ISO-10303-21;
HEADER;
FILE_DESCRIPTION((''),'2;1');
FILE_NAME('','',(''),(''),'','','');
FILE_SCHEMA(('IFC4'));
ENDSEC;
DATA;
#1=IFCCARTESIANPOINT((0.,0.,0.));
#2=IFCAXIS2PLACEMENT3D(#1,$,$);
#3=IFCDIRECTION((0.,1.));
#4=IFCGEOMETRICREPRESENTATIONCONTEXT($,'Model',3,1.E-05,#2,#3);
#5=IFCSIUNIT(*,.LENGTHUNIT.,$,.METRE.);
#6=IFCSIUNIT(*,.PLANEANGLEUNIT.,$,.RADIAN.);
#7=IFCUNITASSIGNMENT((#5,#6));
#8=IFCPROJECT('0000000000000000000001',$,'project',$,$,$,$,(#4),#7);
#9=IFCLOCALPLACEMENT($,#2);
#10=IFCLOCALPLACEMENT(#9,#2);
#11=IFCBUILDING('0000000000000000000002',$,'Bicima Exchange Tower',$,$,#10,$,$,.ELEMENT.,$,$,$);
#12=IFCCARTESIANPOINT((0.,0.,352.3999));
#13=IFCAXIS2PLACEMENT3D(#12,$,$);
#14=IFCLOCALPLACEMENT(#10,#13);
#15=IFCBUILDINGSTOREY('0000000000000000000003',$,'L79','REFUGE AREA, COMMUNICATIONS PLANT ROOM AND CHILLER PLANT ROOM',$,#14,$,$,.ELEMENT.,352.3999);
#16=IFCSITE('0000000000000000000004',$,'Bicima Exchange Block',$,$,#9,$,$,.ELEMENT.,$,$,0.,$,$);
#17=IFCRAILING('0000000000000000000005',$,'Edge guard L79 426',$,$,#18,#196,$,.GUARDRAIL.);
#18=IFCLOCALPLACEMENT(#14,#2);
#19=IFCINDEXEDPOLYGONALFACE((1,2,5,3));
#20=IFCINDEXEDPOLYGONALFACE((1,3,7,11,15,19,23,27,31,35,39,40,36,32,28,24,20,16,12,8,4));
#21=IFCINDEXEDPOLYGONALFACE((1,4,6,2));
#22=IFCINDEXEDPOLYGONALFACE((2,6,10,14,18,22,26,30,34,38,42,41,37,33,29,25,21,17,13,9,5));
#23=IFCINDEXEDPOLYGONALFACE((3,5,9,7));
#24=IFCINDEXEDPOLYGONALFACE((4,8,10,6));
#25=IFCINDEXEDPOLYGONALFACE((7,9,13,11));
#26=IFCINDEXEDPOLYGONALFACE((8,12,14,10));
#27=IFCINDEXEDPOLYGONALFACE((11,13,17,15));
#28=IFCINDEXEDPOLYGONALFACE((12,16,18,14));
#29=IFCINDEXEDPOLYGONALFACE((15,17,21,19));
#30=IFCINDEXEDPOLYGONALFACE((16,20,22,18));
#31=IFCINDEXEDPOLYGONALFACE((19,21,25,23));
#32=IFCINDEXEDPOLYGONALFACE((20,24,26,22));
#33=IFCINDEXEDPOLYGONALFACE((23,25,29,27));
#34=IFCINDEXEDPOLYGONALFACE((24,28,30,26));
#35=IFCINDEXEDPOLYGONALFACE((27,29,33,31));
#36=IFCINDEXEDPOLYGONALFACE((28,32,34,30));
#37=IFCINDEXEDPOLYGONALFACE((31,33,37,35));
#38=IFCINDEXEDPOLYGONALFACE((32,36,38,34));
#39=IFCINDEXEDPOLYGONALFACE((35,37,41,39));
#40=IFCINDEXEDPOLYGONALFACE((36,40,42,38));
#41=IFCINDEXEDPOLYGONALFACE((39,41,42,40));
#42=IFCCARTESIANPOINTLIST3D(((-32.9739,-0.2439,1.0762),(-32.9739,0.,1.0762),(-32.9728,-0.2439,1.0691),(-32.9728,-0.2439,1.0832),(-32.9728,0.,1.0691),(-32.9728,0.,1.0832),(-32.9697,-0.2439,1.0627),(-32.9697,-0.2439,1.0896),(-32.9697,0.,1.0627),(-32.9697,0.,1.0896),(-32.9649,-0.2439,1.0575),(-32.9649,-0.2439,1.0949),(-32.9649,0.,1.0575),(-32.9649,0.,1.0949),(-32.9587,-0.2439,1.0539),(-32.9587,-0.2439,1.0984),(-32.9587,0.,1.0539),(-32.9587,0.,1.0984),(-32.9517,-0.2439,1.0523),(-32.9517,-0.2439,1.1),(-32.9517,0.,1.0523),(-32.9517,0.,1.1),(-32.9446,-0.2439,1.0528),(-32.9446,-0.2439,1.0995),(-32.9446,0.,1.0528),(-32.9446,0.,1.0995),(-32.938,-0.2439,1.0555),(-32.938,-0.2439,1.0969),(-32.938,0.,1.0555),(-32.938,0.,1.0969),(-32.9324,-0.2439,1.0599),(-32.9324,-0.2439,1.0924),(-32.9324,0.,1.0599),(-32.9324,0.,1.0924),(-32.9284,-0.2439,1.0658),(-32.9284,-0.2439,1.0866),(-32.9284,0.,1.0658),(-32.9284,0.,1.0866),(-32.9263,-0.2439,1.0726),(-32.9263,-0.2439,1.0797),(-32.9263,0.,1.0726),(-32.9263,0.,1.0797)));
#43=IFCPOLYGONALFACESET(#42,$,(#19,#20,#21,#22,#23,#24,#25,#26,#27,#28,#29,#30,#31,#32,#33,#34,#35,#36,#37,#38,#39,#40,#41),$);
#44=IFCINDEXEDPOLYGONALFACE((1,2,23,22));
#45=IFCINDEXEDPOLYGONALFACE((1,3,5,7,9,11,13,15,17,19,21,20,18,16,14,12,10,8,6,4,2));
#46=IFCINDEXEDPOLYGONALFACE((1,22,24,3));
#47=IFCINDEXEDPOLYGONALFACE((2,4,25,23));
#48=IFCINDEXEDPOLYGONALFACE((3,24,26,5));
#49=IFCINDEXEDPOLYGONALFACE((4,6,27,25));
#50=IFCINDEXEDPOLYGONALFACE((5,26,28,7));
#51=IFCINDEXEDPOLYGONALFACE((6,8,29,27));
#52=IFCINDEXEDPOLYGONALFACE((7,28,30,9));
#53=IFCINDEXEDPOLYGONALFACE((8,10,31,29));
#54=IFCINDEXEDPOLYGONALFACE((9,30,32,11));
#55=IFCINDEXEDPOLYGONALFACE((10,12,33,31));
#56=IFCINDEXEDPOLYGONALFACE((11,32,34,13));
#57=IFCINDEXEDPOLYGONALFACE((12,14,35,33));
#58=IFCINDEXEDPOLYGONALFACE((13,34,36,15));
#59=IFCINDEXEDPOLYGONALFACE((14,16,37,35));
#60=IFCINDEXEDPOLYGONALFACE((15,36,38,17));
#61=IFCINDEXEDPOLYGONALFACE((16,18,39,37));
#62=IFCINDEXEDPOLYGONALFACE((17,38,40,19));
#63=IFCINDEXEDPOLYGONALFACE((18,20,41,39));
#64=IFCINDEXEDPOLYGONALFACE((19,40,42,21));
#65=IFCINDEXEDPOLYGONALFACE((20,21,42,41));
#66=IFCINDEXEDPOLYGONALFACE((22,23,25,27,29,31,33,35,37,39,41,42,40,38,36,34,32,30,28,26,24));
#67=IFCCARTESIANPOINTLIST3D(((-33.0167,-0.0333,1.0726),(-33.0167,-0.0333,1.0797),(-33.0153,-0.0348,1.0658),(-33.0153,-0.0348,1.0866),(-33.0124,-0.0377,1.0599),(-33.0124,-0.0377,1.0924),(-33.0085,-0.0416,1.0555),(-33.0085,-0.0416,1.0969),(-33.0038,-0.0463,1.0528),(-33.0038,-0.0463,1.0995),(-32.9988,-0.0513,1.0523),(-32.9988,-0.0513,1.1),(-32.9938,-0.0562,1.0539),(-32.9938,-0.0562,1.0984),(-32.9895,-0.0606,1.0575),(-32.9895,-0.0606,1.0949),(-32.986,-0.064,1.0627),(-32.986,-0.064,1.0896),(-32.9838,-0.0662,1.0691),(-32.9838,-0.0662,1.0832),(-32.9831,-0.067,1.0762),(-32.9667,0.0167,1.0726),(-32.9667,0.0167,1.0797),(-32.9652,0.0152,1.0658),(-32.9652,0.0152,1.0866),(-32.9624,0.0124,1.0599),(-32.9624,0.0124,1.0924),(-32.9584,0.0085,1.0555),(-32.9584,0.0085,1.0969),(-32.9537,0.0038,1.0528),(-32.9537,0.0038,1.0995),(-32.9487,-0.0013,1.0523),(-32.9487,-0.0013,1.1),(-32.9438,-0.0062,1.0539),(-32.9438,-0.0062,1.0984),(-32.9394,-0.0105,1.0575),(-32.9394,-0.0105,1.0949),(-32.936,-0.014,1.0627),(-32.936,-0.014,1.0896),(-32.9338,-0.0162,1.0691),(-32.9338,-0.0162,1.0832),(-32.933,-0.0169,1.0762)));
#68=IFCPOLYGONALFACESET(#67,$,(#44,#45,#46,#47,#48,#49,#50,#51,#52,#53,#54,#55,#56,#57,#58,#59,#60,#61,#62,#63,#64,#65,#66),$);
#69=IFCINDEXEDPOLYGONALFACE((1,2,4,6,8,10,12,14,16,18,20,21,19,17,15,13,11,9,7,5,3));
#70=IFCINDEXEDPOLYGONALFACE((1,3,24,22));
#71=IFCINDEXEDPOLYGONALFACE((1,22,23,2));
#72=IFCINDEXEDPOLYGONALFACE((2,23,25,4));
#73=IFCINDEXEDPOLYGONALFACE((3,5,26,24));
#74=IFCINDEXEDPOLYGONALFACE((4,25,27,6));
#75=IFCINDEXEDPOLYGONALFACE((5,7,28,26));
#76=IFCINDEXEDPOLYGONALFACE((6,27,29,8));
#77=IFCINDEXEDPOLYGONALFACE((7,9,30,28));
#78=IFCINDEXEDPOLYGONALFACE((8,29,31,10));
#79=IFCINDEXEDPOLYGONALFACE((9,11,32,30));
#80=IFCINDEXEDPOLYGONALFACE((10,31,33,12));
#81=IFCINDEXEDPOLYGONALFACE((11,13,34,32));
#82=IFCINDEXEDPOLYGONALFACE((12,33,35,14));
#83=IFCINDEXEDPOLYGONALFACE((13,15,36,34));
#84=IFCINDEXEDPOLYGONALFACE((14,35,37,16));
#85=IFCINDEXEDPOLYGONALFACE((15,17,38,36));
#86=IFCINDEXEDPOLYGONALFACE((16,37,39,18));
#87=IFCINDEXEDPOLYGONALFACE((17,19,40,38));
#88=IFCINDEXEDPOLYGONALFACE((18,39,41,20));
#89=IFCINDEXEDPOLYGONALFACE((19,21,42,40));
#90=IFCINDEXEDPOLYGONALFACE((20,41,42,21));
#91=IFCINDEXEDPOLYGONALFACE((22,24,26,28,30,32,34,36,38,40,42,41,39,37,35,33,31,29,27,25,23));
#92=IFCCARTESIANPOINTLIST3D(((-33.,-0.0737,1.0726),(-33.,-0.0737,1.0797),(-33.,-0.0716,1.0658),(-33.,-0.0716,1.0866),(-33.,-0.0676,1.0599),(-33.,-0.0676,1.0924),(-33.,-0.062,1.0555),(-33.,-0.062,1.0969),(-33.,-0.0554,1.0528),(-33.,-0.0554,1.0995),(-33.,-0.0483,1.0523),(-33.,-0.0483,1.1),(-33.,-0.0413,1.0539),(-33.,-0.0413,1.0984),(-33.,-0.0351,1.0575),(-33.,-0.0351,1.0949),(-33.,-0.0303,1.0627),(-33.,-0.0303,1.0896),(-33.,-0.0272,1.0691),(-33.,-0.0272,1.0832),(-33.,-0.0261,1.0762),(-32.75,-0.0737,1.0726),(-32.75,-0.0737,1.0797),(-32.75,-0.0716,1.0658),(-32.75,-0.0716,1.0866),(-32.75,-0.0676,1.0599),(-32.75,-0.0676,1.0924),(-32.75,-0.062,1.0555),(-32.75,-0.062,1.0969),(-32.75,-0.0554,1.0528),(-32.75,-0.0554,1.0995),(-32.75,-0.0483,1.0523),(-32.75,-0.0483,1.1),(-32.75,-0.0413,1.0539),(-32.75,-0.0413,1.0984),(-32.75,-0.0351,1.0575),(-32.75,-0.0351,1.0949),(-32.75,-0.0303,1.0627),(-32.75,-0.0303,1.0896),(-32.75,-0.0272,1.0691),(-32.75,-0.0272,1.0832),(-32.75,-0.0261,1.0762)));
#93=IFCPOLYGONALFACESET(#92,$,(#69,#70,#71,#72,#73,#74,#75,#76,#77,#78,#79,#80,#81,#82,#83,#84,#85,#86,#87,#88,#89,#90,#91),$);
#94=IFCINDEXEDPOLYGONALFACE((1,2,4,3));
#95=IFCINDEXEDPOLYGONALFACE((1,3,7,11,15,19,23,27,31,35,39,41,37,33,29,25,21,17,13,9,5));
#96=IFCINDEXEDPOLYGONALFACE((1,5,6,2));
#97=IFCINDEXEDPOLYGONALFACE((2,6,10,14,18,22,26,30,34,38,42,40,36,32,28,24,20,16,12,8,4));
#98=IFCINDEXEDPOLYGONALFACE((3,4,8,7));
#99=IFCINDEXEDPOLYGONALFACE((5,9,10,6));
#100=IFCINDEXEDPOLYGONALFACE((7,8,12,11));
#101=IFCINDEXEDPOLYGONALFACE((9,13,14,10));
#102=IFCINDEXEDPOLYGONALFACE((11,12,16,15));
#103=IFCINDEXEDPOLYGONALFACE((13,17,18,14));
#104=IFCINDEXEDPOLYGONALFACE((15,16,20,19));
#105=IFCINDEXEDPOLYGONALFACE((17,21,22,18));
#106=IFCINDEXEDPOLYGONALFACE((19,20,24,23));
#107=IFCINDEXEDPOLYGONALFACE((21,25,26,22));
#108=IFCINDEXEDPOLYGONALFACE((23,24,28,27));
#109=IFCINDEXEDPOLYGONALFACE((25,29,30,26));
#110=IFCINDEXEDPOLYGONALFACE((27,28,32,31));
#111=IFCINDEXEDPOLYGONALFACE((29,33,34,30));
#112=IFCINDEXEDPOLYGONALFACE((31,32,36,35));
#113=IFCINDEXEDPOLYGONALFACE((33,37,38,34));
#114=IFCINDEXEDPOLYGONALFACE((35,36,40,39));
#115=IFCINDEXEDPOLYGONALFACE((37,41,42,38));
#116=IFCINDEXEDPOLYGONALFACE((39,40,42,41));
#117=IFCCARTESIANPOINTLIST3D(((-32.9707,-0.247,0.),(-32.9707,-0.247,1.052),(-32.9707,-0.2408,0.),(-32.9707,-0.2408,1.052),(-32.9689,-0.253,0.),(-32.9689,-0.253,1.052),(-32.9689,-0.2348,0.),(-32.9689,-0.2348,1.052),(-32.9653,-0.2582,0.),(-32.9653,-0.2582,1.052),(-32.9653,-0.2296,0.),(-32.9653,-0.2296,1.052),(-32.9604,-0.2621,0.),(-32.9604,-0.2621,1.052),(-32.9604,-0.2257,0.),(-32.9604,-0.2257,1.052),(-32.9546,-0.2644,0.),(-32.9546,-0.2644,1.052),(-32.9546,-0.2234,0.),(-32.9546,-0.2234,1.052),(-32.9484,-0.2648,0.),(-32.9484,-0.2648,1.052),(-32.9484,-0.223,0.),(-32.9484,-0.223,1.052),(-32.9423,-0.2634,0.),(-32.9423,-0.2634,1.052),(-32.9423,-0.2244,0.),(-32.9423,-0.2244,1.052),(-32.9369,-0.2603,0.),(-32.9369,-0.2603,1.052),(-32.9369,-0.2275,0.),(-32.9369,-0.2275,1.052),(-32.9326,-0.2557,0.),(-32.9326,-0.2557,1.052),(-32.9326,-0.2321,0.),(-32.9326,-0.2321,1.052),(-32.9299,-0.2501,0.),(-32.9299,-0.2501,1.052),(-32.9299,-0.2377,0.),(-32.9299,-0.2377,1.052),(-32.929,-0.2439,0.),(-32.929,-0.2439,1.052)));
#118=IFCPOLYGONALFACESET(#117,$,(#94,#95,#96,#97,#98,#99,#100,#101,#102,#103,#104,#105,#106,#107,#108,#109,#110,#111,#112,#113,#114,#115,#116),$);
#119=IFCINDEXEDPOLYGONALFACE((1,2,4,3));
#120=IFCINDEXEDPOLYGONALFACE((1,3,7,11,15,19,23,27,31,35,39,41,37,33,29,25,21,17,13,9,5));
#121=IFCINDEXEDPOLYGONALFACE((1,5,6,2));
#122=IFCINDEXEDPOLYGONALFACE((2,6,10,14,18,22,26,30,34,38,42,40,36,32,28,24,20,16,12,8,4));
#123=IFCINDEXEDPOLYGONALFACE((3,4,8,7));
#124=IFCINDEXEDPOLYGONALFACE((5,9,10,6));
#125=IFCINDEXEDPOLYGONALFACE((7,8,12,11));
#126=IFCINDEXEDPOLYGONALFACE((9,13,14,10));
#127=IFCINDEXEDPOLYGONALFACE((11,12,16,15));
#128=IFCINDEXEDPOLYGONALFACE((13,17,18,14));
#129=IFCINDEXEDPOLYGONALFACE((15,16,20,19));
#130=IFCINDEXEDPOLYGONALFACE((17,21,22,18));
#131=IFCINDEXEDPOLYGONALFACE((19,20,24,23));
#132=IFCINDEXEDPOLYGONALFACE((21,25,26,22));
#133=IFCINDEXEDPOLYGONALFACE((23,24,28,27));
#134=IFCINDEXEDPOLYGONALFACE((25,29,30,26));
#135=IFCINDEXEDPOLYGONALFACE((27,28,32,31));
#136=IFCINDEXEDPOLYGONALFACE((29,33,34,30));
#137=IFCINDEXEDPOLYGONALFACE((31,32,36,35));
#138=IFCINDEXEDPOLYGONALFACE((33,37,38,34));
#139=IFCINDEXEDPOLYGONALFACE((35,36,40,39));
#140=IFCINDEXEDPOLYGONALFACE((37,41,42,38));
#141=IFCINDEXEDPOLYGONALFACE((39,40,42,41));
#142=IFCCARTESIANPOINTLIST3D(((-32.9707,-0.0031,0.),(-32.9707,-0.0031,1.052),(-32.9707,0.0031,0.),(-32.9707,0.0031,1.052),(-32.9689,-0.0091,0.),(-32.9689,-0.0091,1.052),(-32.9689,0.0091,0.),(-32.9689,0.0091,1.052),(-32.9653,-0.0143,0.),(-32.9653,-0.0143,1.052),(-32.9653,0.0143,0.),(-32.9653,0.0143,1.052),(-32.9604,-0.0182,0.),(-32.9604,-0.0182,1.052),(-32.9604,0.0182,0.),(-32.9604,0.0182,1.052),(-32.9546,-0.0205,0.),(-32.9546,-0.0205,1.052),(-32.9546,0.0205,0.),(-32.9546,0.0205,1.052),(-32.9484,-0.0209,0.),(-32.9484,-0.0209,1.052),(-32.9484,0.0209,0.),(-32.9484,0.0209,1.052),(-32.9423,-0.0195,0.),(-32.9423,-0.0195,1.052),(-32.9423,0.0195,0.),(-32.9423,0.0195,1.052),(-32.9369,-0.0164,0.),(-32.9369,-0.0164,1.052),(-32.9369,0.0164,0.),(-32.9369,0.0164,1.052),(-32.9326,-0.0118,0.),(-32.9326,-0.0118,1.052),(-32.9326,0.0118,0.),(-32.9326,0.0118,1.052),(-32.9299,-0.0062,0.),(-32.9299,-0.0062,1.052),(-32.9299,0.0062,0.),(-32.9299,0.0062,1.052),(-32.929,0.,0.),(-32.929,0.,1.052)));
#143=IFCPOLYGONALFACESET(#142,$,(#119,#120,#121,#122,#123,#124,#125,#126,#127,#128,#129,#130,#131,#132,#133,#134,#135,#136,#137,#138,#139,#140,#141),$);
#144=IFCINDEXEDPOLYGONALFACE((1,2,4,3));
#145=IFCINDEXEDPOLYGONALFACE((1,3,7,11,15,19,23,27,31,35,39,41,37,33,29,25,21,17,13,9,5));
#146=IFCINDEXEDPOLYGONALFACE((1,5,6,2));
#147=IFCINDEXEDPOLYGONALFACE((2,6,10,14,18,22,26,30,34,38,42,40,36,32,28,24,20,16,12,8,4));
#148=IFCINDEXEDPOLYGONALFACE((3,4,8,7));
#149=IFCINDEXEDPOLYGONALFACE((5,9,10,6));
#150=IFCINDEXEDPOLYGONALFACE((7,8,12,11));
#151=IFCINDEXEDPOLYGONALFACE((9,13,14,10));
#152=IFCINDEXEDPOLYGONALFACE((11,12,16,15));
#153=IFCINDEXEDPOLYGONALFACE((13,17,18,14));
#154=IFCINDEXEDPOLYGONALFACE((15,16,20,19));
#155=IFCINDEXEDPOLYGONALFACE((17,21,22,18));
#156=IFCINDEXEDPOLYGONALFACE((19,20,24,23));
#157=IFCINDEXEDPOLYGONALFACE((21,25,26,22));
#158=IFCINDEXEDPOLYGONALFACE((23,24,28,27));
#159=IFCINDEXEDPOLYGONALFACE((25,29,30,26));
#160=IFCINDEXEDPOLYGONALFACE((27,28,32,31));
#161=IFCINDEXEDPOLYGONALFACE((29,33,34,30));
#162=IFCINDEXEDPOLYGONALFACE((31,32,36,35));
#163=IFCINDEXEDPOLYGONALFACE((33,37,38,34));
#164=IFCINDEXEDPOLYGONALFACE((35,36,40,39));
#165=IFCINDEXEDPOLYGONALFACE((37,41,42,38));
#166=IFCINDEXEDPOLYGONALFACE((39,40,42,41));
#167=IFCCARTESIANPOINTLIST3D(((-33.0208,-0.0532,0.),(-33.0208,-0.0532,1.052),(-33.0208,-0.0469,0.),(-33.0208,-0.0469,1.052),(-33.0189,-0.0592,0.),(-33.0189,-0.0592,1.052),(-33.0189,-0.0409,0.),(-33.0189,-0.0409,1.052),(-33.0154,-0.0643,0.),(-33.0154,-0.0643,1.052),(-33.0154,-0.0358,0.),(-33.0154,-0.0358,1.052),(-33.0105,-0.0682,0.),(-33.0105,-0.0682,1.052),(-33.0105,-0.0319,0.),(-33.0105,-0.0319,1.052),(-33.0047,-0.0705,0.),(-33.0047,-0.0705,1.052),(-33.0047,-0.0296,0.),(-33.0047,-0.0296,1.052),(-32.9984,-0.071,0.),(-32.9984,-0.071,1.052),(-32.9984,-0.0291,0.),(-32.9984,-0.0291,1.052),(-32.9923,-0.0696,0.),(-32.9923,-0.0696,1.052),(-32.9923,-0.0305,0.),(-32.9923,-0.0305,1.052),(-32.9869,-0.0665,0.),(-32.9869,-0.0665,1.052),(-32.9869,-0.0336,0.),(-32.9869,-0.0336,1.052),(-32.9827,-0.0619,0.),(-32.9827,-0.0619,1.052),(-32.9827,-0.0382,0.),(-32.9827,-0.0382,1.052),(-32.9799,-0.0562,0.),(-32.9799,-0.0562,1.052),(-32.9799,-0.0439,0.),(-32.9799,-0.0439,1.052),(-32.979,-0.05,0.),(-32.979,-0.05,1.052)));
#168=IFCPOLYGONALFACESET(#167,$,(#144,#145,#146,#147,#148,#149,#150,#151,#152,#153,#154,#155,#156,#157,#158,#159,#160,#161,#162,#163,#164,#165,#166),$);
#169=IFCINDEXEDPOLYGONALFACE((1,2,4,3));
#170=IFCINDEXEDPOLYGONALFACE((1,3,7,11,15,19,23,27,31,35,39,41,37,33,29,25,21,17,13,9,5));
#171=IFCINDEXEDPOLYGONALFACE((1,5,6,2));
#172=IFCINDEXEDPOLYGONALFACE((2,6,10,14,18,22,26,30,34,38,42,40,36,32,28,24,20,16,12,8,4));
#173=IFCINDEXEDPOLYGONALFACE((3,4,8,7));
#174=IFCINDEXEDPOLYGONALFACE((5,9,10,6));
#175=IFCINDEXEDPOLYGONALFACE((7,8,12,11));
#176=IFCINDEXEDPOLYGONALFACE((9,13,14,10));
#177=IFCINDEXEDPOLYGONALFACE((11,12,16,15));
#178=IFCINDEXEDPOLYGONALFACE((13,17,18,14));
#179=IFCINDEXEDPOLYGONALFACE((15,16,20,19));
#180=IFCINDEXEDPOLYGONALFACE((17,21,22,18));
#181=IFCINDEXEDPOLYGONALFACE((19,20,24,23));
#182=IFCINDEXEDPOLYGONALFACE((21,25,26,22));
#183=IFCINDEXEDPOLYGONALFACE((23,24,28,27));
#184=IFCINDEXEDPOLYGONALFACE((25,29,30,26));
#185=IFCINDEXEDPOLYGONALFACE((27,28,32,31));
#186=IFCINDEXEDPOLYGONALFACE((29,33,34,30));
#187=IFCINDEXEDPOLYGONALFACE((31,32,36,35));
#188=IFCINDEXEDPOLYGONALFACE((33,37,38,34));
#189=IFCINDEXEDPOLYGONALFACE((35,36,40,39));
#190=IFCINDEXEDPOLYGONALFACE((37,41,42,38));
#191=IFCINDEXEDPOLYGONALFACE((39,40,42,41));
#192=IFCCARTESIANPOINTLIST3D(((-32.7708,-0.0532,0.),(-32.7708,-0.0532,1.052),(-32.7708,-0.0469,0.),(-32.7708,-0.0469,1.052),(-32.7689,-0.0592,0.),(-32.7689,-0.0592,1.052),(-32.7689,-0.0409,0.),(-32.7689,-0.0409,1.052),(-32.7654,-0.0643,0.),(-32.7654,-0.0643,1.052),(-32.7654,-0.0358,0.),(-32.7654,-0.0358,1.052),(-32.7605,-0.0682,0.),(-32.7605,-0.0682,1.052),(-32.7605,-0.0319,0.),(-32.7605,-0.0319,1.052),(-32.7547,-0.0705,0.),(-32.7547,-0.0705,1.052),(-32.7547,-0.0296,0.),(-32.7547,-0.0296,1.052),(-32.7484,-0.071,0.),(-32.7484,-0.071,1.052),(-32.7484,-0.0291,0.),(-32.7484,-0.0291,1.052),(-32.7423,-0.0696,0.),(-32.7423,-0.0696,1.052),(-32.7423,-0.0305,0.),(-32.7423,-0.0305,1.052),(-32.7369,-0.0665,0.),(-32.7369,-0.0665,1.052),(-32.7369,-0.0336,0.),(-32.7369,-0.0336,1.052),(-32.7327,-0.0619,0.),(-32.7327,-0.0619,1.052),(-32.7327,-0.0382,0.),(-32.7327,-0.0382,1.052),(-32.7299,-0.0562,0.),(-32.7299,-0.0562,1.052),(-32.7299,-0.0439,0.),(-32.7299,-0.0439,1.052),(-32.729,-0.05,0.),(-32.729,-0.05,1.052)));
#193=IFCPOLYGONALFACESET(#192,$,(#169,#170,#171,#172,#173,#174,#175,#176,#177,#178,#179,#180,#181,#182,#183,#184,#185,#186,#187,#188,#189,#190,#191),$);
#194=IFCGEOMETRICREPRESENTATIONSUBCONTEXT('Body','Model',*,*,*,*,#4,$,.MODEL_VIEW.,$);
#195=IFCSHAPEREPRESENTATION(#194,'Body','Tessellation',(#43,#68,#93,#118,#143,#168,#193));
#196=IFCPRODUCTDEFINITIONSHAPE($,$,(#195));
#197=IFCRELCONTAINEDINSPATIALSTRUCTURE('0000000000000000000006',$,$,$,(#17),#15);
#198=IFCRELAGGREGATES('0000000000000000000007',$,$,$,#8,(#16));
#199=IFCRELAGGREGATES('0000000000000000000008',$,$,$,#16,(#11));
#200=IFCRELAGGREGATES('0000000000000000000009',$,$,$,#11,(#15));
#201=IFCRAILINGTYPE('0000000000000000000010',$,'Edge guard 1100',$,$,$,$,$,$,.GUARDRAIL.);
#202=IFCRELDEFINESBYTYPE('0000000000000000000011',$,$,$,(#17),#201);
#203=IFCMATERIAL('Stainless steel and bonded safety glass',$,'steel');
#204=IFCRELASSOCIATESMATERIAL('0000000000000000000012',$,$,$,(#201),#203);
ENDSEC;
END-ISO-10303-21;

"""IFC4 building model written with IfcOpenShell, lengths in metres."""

from ifc_helpers import new_model, si_unit, direction, frame, origin, origin_2d, place, context, subcontext, project, spatial, circle, extrude, material, type_object, element, save


model = new_model("IFC4")

# Units and contexts
model_context = context("Model", 3, precision=1e-05, world=origin(), true_north=direction((0.0, 1.0)))
body_context = subcontext(model_context, "Body", "Model", "MODEL_VIEW")
ifc_project = project(units=[si_unit("LENGTHUNIT", "METRE"), si_unit("PLANEANGLEUNIT", "RADIAN")], contexts=[model_context])

# Site, building, storey
site_placement = place(None, origin())
site = spatial("IfcSite", under=ifc_project, at=site_placement, Name="Bicima Exchange Block", CompositionType="ELEMENT", RefElevation=0.0)
building_placement = place(site_placement, origin())
building = spatial("IfcBuilding", under=site, at=building_placement, Name="Bicima Exchange Tower", CompositionType="ELEMENT")
storey_placement = place(building_placement, frame((0.0, 0.0, 352.3999)))
storey = spatial("IfcBuildingStorey", under=building, at=storey_placement, Name="L79", Description="REFUGE AREA, COMMUNICATIONS PLANT ROOM AND CHILLER PLANT ROOM", CompositionType="ELEMENT", Elevation=352.3999)

# Railing
ifc_material_1 = material(Name="Stainless steel and bonded safety glass", Category="steel")
railing_type = type_object("IfcRailingType", Name="Edge guard 1100", PredefinedType="GUARDRAIL", material=ifc_material_1)
railing_1_placement = place(storey_placement, frame((-32.95, -0.2439, 0.0)))
element("IfcRailing", 1, at=railing_1_placement, inside=storey, type_object=railing_type, Name="Edge guard L79 426", PredefinedType="GUARDRAIL", context=body_context, shape_type="SweptSolid", body=[
    extrude(circle(Radius=0.0239, at=origin_2d()), frame((0.0, 0.0, 1.0762), z_axis=(0.0, 1.0, 0.0), x_axis=(-1.0, 0.0, 0.0)), (0.0, 0.0, 1.0), 0.2439),
    extrude(circle(Radius=0.0239, at=origin_2d()), frame((0.0, 0.2439, 1.0762), z_axis=(-0.707107, -0.707107, 0.0), x_axis=(0.707107, -0.707107, 0.0)), (0.0, 0.0, 1.0), 0.0708),
    extrude(circle(Radius=0.0239, at=origin_2d()), frame((-0.05, 0.1938, 1.0762), z_axis=(1.0, 0.0, 0.0), x_axis=(0.0, 1.0, 0.0)), (0.0, 0.0, 1.0), 0.25),
    extrude(circle(Radius=0.021, at=origin_2d()), origin(), (0.0, 0.0, 1.0), 1.052),
    extrude(circle(Radius=0.021, at=origin_2d()), frame((0.0, 0.2439, 0.0)), (0.0, 0.0, 1.0), 1.052),
    extrude(circle(Radius=0.021, at=origin_2d()), frame((-0.05, 0.1938, 0.0)), (0.0, 0.0, 1.0), 1.052),
    extrude(circle(Radius=0.021, at=origin_2d()), frame((0.2, 0.1938, 0.0)), (0.0, 0.0, 1.0), 1.052),
])

save(model, "model.ifc")
